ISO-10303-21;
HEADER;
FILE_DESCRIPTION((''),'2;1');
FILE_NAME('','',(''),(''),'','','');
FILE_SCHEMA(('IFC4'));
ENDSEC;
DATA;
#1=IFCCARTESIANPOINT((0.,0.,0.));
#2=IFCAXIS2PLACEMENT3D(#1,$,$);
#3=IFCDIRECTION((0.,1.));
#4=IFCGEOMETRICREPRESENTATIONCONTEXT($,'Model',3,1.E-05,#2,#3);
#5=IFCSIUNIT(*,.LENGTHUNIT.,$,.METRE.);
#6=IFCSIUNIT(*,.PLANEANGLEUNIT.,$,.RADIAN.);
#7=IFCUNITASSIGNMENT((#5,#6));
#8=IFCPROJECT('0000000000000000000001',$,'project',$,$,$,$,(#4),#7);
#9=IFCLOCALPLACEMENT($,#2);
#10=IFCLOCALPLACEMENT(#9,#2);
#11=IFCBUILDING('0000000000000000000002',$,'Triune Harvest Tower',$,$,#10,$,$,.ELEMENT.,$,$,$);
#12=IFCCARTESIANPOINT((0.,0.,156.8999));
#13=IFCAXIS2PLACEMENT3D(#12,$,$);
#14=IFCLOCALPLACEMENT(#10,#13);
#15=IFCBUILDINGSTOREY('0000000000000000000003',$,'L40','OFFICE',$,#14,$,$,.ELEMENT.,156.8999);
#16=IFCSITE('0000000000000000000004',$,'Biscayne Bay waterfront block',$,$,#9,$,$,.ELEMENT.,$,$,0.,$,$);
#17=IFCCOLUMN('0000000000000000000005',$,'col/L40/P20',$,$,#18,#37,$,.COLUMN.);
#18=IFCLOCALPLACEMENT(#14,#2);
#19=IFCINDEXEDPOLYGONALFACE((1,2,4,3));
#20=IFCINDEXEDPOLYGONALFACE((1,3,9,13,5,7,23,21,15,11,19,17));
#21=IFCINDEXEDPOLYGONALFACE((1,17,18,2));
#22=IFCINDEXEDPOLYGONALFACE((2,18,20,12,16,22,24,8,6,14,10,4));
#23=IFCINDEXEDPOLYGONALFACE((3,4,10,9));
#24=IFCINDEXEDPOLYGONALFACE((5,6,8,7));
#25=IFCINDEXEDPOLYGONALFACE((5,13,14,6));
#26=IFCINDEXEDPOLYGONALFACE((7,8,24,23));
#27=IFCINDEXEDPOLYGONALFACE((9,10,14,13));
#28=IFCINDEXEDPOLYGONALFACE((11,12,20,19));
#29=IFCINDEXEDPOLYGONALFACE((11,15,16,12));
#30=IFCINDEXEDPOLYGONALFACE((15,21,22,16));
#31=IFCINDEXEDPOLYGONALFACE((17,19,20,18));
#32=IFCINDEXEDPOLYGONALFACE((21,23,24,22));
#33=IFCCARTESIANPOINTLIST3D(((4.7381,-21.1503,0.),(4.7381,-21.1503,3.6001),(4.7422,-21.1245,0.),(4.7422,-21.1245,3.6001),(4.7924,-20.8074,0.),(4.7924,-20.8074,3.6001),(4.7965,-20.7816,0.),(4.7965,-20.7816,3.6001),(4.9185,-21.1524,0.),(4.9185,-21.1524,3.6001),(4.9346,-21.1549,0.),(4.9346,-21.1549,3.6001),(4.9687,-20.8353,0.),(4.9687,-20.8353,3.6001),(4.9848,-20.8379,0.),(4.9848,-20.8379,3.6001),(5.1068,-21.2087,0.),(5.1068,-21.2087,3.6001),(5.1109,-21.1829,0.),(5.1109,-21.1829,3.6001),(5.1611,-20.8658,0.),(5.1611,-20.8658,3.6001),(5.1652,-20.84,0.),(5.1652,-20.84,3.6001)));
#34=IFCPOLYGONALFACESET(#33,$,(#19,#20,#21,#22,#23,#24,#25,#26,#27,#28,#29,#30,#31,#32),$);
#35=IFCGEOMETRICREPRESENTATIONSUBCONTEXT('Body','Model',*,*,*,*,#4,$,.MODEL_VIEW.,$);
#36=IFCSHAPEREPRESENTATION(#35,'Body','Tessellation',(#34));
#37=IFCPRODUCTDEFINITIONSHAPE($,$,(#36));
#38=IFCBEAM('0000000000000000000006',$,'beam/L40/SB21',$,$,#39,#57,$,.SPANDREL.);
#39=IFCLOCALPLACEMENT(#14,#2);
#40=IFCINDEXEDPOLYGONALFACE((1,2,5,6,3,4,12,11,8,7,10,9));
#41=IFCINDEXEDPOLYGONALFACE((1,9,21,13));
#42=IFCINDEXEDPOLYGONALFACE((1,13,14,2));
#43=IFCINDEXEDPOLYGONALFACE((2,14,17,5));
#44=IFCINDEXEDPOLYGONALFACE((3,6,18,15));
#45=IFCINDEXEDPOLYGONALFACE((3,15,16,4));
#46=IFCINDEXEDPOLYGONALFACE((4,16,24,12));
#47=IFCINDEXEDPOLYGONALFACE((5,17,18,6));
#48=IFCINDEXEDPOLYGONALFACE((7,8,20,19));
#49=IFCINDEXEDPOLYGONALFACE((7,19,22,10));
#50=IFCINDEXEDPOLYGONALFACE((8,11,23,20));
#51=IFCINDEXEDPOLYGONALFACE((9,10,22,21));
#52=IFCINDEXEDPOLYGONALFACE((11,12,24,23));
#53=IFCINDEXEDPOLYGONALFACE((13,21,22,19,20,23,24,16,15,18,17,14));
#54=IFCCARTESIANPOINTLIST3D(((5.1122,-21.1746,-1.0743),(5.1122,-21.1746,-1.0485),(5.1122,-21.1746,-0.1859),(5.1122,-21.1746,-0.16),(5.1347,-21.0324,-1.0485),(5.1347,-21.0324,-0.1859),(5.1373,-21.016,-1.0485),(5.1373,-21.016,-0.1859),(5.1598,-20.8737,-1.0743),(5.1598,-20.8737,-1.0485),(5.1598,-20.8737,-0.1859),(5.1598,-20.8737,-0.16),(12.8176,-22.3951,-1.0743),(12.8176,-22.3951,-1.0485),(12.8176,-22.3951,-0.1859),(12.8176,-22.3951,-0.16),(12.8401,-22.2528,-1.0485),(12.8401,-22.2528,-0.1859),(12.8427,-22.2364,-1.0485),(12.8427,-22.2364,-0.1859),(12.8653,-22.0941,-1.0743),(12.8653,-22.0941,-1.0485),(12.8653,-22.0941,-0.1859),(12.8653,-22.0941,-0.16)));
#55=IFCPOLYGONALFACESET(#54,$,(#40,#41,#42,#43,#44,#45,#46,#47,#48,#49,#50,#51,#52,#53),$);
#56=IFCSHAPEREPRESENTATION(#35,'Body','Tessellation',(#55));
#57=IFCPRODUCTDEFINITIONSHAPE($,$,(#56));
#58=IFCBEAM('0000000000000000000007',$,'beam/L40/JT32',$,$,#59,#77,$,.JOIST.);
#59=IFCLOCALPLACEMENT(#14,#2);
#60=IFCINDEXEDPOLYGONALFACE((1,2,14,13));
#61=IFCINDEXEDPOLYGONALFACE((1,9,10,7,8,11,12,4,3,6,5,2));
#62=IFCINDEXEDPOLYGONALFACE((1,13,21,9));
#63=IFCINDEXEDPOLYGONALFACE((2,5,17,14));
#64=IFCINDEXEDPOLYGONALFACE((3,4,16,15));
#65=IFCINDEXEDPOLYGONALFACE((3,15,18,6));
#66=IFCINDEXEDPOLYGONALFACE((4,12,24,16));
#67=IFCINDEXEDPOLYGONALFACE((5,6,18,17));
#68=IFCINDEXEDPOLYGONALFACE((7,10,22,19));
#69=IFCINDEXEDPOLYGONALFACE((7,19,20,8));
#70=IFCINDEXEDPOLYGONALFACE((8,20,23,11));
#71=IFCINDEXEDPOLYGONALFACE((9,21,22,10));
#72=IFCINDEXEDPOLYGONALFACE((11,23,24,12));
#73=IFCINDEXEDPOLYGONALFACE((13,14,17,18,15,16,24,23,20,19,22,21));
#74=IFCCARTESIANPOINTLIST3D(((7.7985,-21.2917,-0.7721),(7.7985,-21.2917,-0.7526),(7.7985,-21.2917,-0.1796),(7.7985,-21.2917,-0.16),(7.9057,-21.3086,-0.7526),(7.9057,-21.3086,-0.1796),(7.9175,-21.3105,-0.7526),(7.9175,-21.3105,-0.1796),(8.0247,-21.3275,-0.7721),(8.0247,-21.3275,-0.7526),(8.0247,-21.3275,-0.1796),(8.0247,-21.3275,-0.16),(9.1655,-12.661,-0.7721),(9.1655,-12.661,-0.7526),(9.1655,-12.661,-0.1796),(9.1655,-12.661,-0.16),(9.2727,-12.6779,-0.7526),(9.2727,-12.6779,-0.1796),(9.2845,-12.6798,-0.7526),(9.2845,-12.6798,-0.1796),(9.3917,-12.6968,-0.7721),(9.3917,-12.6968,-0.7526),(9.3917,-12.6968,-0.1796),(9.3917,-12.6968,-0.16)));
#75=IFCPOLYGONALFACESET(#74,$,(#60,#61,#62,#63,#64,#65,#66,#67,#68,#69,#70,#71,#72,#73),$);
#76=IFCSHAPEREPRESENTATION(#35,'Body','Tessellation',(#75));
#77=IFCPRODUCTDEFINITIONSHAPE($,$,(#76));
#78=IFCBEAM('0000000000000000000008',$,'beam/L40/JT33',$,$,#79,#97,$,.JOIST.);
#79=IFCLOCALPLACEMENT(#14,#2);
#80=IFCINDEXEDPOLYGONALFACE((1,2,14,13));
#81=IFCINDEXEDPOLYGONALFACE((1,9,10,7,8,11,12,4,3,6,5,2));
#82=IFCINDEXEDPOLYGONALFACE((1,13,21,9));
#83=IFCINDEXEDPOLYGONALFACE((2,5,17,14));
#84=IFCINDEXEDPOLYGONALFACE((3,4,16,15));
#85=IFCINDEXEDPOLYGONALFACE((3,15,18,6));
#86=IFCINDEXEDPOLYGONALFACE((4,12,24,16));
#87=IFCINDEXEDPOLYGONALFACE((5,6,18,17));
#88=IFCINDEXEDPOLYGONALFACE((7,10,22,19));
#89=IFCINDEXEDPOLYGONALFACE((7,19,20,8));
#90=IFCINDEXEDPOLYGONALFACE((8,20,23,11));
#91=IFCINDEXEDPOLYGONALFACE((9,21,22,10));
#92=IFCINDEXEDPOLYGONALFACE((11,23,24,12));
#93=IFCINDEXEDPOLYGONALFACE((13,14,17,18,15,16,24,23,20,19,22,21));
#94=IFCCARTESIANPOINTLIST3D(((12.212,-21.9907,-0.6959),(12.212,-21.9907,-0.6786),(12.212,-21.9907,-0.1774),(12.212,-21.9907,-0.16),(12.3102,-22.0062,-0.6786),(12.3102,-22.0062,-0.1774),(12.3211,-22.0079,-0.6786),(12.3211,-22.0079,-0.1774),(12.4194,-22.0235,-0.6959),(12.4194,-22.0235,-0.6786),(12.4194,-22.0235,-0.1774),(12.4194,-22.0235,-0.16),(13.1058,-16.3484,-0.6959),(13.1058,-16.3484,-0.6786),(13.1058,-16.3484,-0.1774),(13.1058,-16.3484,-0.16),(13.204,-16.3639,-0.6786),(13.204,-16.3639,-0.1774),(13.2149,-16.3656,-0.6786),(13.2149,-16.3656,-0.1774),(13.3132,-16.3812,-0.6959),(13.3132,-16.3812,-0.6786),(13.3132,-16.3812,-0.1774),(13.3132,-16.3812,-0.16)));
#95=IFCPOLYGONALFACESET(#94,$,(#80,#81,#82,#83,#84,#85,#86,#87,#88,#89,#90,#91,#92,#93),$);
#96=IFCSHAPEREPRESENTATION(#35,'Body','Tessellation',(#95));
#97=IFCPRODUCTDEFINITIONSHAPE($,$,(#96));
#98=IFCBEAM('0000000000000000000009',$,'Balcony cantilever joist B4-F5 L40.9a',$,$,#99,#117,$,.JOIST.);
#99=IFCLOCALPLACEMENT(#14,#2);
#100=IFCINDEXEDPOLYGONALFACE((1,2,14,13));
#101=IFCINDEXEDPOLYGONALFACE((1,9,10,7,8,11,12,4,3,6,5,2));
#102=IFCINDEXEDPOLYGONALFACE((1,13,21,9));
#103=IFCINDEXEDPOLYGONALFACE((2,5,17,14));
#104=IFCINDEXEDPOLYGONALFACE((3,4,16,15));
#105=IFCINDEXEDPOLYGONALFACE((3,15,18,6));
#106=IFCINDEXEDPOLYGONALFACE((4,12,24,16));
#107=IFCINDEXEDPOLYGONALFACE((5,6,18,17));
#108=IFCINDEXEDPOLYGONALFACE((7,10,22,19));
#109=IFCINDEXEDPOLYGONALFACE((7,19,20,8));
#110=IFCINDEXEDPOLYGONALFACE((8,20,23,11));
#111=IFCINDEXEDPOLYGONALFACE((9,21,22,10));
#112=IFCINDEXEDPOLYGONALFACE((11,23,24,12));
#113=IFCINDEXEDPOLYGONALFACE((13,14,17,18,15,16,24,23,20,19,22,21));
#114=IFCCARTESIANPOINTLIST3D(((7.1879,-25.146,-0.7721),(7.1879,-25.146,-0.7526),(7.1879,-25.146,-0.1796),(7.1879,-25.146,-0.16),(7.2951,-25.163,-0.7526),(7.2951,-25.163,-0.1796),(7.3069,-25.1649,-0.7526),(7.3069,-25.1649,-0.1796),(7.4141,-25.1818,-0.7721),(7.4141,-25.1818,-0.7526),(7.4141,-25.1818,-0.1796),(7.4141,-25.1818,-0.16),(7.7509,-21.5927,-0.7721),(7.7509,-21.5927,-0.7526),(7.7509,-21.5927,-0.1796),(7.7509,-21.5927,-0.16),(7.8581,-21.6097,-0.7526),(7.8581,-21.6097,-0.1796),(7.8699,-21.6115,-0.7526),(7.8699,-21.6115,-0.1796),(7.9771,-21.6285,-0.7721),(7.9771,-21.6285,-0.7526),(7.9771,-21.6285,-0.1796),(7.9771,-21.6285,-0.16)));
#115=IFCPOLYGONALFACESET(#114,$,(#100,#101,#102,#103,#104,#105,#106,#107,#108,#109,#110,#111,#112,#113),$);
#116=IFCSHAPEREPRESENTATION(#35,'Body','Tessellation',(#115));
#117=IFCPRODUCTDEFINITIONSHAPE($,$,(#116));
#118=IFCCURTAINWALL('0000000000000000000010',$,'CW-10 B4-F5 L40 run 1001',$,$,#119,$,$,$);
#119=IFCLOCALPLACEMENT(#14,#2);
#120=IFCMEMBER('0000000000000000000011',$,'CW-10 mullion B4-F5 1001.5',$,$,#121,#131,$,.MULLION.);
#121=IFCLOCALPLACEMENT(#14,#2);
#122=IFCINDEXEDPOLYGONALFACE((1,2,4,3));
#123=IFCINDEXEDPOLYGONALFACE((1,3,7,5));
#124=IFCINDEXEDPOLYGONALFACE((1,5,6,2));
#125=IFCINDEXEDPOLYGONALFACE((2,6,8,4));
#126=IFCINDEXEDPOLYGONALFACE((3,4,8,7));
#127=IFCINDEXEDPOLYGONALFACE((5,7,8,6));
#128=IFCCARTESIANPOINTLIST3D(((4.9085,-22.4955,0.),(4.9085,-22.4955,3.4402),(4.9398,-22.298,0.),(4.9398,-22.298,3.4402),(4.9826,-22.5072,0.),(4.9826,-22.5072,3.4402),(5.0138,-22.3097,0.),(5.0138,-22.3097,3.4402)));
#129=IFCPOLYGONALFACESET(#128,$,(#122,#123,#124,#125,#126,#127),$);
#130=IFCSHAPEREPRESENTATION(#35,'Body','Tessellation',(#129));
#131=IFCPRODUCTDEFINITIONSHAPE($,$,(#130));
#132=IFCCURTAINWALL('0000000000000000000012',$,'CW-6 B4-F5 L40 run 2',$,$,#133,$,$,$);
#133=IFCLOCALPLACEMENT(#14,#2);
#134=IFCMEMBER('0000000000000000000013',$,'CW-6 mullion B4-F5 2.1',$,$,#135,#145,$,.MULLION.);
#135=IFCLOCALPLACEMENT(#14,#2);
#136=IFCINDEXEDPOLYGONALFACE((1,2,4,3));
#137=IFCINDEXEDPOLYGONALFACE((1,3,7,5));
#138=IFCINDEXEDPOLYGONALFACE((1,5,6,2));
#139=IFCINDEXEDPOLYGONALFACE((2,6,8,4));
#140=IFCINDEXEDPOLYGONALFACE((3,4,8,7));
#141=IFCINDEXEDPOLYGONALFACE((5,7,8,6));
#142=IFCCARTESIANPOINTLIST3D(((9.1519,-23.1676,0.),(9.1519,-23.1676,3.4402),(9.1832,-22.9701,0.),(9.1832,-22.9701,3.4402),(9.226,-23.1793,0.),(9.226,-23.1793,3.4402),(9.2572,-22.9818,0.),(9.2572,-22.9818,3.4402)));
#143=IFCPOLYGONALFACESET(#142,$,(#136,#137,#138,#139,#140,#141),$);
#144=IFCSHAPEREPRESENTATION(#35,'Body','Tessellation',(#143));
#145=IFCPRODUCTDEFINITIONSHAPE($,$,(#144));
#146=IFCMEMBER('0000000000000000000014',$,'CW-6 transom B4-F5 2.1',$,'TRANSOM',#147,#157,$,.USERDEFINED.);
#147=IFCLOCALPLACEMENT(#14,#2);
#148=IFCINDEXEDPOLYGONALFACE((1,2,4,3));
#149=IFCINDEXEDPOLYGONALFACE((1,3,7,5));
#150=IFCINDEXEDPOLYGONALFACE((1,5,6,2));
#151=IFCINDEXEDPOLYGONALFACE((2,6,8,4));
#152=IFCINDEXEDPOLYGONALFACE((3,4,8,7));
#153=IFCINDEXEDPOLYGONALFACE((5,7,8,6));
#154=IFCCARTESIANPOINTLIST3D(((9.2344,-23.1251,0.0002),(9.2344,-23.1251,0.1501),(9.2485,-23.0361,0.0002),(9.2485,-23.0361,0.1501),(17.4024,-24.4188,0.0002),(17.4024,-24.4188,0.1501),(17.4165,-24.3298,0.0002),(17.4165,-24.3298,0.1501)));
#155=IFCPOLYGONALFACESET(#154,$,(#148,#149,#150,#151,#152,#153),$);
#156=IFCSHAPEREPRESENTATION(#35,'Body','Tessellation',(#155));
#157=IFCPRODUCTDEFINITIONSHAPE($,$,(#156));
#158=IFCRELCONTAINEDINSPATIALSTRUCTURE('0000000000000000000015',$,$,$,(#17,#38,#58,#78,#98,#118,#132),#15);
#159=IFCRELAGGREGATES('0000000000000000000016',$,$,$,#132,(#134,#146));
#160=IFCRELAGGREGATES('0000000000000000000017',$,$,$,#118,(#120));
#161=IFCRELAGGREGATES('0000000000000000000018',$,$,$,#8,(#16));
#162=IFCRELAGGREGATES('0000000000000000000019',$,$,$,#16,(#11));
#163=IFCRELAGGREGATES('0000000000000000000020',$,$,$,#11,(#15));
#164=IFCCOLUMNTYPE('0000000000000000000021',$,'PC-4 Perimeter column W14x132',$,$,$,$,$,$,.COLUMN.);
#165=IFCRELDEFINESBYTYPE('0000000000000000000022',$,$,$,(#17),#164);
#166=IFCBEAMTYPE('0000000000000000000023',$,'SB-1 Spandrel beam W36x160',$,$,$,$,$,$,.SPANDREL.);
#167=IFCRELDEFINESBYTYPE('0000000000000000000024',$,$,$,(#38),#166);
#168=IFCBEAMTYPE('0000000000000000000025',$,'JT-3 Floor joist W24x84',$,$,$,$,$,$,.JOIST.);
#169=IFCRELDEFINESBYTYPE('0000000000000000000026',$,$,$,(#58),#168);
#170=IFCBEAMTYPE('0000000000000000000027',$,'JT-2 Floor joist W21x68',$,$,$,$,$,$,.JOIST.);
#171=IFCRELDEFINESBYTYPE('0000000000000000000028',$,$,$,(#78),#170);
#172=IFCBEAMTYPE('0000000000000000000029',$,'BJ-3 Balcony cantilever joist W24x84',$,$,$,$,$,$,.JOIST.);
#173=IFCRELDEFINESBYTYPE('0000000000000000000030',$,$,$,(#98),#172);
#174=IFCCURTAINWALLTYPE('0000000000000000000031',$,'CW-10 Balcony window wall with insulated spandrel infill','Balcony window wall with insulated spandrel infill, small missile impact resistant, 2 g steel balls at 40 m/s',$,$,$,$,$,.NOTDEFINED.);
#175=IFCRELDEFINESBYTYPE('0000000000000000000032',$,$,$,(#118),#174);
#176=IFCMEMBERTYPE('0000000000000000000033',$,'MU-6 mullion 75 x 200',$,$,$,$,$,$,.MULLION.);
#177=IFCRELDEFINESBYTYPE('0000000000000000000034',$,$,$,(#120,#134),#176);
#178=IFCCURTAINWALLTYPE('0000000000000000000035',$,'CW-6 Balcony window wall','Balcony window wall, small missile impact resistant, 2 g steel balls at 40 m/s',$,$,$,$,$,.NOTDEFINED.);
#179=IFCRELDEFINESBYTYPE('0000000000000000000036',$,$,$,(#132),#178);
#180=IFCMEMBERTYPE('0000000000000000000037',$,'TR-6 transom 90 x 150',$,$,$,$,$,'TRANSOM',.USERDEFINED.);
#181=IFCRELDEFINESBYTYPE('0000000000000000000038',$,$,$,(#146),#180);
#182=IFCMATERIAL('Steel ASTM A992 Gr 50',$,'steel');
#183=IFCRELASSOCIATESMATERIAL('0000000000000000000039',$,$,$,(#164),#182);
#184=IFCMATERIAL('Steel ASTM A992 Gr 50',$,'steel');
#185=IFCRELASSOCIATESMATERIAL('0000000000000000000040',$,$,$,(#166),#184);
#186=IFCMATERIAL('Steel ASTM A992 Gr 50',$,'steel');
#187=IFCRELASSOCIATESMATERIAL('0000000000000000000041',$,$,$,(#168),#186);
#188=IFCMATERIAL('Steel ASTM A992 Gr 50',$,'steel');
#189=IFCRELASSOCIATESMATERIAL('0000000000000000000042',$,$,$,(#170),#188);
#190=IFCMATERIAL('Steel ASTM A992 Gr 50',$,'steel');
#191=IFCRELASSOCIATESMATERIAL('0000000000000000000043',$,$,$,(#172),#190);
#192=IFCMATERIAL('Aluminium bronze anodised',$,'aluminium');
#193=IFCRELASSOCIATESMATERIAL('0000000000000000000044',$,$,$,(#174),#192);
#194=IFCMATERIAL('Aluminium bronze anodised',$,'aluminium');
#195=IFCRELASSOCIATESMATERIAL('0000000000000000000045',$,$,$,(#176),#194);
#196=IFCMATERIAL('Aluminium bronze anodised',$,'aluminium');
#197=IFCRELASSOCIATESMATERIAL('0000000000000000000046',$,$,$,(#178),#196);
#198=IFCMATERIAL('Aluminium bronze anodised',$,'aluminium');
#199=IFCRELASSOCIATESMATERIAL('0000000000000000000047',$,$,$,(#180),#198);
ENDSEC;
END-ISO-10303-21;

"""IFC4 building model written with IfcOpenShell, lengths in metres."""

from ifc_helpers import new_model, si_unit, direction, frame, origin, origin_2d, place, context, subcontext, project, spatial, rectangle, i_section, extrude, source, transform, mapped, material, material_profile, profile_set, type_object, element, aggregate, save


model = new_model("IFC4")

# Units and contexts
model_context = context("Model", 3, precision=1e-05, world=origin(), true_north=direction((0.0, 1.0)))
body_context = subcontext(model_context, "Body", "Model", "MODEL_VIEW")
ifc_project = project(units=[si_unit("LENGTHUNIT", "METRE"), si_unit("PLANEANGLEUNIT", "RADIAN")], contexts=[model_context])

# Site, building, storey
site_placement = place(None, origin())
site = spatial("IfcSite", under=ifc_project, at=site_placement, Name="Biscayne Bay waterfront block", CompositionType="ELEMENT", RefElevation=0.0)
building_placement = place(site_placement, origin())
building = spatial("IfcBuilding", under=site, at=building_placement, Name="Triune Harvest Tower", CompositionType="ELEMENT")
storey_placement = place(building_placement, frame((0.0, 0.0, 156.8999)))
storey = spatial("IfcBuildingStorey", under=building, at=storey_placement, Name="L40", Description="OFFICE", CompositionType="ELEMENT", Elevation=156.8999)

# Column
ifc_material_1 = material(Name="Steel ASTM A992 Gr 50", Category="steel")
ifc_material_profile_1 = material_profile(ifc_material_1, i_section(OverallWidth=0.3733, OverallDepth=0.3733, WebThickness=0.0164, FlangeThickness=0.0261, at=origin_2d()), Name="W14x132")
ifc_profile_set_1 = profile_set([ifc_material_profile_1], Name="Steel ASTM A992 Gr 50")
column_type = type_object("IfcColumnType", Name="PC-4 Perimeter column W14x132", PredefinedType="COLUMN", material=ifc_profile_set_1)
shared_shape_1 = source(origin(), body_context, "Body", "SweptSolid", [
    extrude(i_section(OverallWidth=0.3733, OverallDepth=0.3733, WebThickness=0.0164, FlangeThickness=0.0261, at=origin_2d()), origin(), (0.0, 0.0, 1.0), 3.6001),
])
column_placement = place(storey_placement, frame((4.9517, -20.9951, 0.0), z_axis=(0.0, 0.0, 1.0), x_axis=(0.987688, -0.156434, 0.0)))
element("IfcColumn", 1, at=column_placement, inside=storey, type_object=column_type, Name="col/L40/P20", PredefinedType="COLUMN", context=body_context, shape_type="MappedRepresentation", body=[
    mapped(shared_shape_1, transform((0.0, 0.0, 0.0), scale=1.0)),
])

# Beams
ifc_material_2 = material(Name="Steel ASTM A992 Gr 50", Category="steel")
ifc_material_profile_2 = material_profile(ifc_material_2, i_section(OverallWidth=0.3047, OverallDepth=0.9143, WebThickness=0.0166, FlangeThickness=0.0259, at=origin_2d()), Name="W36x160")
ifc_profile_set_2 = profile_set([ifc_material_profile_2], Name="Steel ASTM A992 Gr 50")
beam_type_1 = type_object("IfcBeamType", Name="SB-1 Spandrel beam W36x160", PredefinedType="SPANDREL", material=ifc_profile_set_2)
shared_shape_2 = source(origin(), body_context, "Body", "SweptSolid", [
    extrude(i_section(OverallWidth=0.3047, OverallDepth=0.9143, WebThickness=0.0166, FlangeThickness=0.0259, at=origin_2d()), origin(), (0.0, 0.0, 1.0), 7.8015),
])
beam_1_placement = place(storey_placement, frame((5.136, -21.0242, -0.6172), z_axis=(0.987688, -0.156437, 0.0), x_axis=(0.156437, 0.987688, 0.0)))
element("IfcBeam", 2, at=beam_1_placement, inside=storey, type_object=beam_type_1, Name="beam/L40/SB21", PredefinedType="SPANDREL", context=body_context, shape_type="MappedRepresentation", body=[
    mapped(shared_shape_2, transform((0.0, 0.0, 0.0), scale=1.0)),
])
ifc_material_3 = material(Name="Steel ASTM A992 Gr 50", Category="steel")
ifc_material_profile_3 = material_profile(ifc_material_3, i_section(OverallWidth=0.229, OverallDepth=0.6121, WebThickness=0.012, FlangeThickness=0.0195, at=origin_2d()), Name="W24x84")
ifc_profile_set_3 = profile_set([ifc_material_profile_3], Name="Steel ASTM A992 Gr 50")
beam_type_2 = type_object("IfcBeamType", Name="JT-3 Floor joist W24x84", PredefinedType="JOIST", material=ifc_profile_set_3)
shared_shape_3 = source(origin(), body_context, "Body", "SweptSolid", [
    extrude(i_section(OverallWidth=0.229, OverallDepth=0.6121, WebThickness=0.012, FlangeThickness=0.0195, at=origin_2d()), origin(), (0.0, 0.0, 1.0), 8.7383),
])
beam_2_placement = place(storey_placement, frame((7.9116, -21.3096, -0.4661), z_axis=(0.156433, 0.987689, 0.0), x_axis=(-0.987689, 0.156433, 0.0)))
element("IfcBeam", 3, at=beam_2_placement, inside=storey, type_object=beam_type_2, Name="beam/L40/JT32", PredefinedType="JOIST", context=body_context, shape_type="MappedRepresentation", body=[
    mapped(shared_shape_3, transform((0.0, 0.0, 0.0), scale=1.0)),
])
ifc_material_4 = material(Name="Steel ASTM A992 Gr 50", Category="steel")
ifc_material_profile_4 = material_profile(ifc_material_4, i_section(OverallWidth=0.21, OverallDepth=0.5359, WebThickness=0.011, FlangeThickness=0.0173, at=origin_2d()), Name="W21x68")
ifc_profile_set_4 = profile_set([ifc_material_profile_4], Name="Steel ASTM A992 Gr 50")
beam_type_3 = type_object("IfcBeamType", Name="JT-2 Floor joist W21x68", PredefinedType="JOIST", material=ifc_profile_set_4)
shared_shape_4 = source(origin(), body_context, "Body", "SweptSolid", [
    extrude(i_section(OverallWidth=0.21, OverallDepth=0.5359, WebThickness=0.011, FlangeThickness=0.0173, at=origin_2d()), origin(), (0.0, 0.0, 1.0), 5.7126),
])
beam_3_placement = place(storey_placement, frame((12.3157, -22.0071, -0.428), z_axis=(0.156459, 0.987685, 0.0), x_axis=(-0.987685, 0.156459, 0.0)))
element("IfcBeam", 4, at=beam_3_placement, inside=storey, type_object=beam_type_3, Name="beam/L40/JT33", PredefinedType="JOIST", context=body_context, shape_type="MappedRepresentation", body=[
    mapped(shared_shape_4, transform((0.0, 0.0, 0.0), scale=1.0)),
])
ifc_material_5 = material(Name="Steel ASTM A992 Gr 50", Category="steel")
ifc_material_profile_5 = material_profile(ifc_material_5, i_section(OverallWidth=0.229, OverallDepth=0.6121, WebThickness=0.012, FlangeThickness=0.0195, at=origin_2d()), Name="W24x84")
ifc_profile_set_5 = profile_set([ifc_material_profile_5], Name="Steel ASTM A992 Gr 50")
beam_type_4 = type_object("IfcBeamType", Name="BJ-3 Balcony cantilever joist W24x84", PredefinedType="JOIST", material=ifc_profile_set_5)
shared_shape_5 = source(origin(), body_context, "Body", "SweptSolid", [
    extrude(i_section(OverallWidth=0.229, OverallDepth=0.6121, WebThickness=0.012, FlangeThickness=0.0195, at=origin_2d()), origin(), (0.0, 0.0, 1.0), 3.5977),
])
beam_4_placement = place(storey_placement, frame((7.864, -21.6106, -0.4661), z_axis=(-0.156492, -0.987679, 0.0), x_axis=(0.987679, -0.156492, 0.0)))
element("IfcBeam", 5, at=beam_4_placement, inside=storey, type_object=beam_type_4, Name="Balcony cantilever joist B4-F5 L40.9a", PredefinedType="JOIST", context=body_context, shape_type="MappedRepresentation", body=[
    mapped(shared_shape_5, transform((0.0, 0.0, 0.0), scale=1.0)),
])

# Curtain wall, member
ifc_material_6 = material(Name="Aluminium bronze anodised", Category="aluminium")
curtain_wall_type_1 = type_object("IfcCurtainWallType", Name="CW-10 Balcony window wall with insulated spandrel infill", Description="Balcony window wall with insulated spandrel infill, small missile impact resistant, 2 g steel balls at 40 m/s", PredefinedType="NOTDEFINED", material=ifc_material_6)
curtain_wall_1_placement = place(storey_placement, origin())
curtain_wall_1 = element("IfcCurtainWall", 6, at=curtain_wall_1_placement, inside=storey, type_object=curtain_wall_type_1, Name="CW-10 B4-F5 L40 run 1001")
ifc_material_7 = material(Name="Aluminium bronze anodised", Category="aluminium")
ifc_material_profile_6 = material_profile(ifc_material_7, rectangle(XDim=0.2, YDim=0.075, at=origin_2d()), Name="MU-6 mullion 75 x 200")
ifc_profile_set_6 = profile_set([ifc_material_profile_6], Name="Aluminium bronze anodised")
member_type_1 = type_object("IfcMemberType", Name="MU-6 mullion 75 x 200", PredefinedType="MULLION", material=ifc_profile_set_6)
shared_shape_6 = source(origin(), body_context, "Body", "SweptSolid", [
    extrude(rectangle(XDim=0.2, YDim=0.075, at=origin_2d()), origin(), (0.0, 0.0, 1.0), 3.4402),
])
member_1_placement = place(storey_placement, frame((4.9612, -22.4026, 0.0), z_axis=(0.0, 0.0, 1.0), x_axis=(0.156433, 0.987689, 0.0)))
member_1 = element("IfcMember", 7, at=member_1_placement, type_object=member_type_1, Name="CW-10 mullion B4-F5 1001.5", PredefinedType="MULLION", context=body_context, shape_type="MappedRepresentation", body=[
    mapped(shared_shape_6, transform((0.0, 0.0, 0.0), scale=1.0)),
])

# Curtain wall, members
ifc_material_8 = material(Name="Aluminium bronze anodised", Category="aluminium")
curtain_wall_type_2 = type_object("IfcCurtainWallType", Name="CW-6 Balcony window wall", Description="Balcony window wall, small missile impact resistant, 2 g steel balls at 40 m/s", PredefinedType="NOTDEFINED", material=ifc_material_8)
curtain_wall_2_placement = place(storey_placement, origin())
curtain_wall_2 = element("IfcCurtainWall", 8, at=curtain_wall_2_placement, inside=storey, type_object=curtain_wall_type_2, Name="CW-6 B4-F5 L40 run 2")
member_2_placement = place(storey_placement, frame((9.2046, -23.0747, 0.0), z_axis=(0.0, 0.0, 1.0), x_axis=(0.156435, 0.987688, 0.0)))
member_2 = element("IfcMember", 9, at=member_2_placement, type_object=member_type_1, Name="CW-6 mullion B4-F5 2.1", PredefinedType="MULLION", context=body_context, shape_type="MappedRepresentation", body=[
    mapped(shared_shape_6, transform((0.0, 0.0, 0.0), scale=1.0)),
])
ifc_material_9 = material(Name="Aluminium bronze anodised", Category="aluminium")
ifc_material_profile_7 = material_profile(ifc_material_9, rectangle(XDim=0.0901, YDim=0.1499, at=origin_2d()), Name="TR-6 transom 90 x 150")
ifc_profile_set_7 = profile_set([ifc_material_profile_7], Name="Aluminium bronze anodised")
member_type_2 = type_object("IfcMemberType", Name="TR-6 transom 90 x 150", ElementType="TRANSOM", PredefinedType="USERDEFINED", material=ifc_profile_set_7)
shared_shape_7 = source(origin(), body_context, "Body", "SweptSolid", [
    extrude(rectangle(XDim=0.0901, YDim=0.1499, at=origin_2d()), origin(), (0.0, 0.0, 1.0), 8.2698),
])
member_3_placement = place(storey_placement, frame((9.2415, -23.0806, 0.0752), z_axis=(0.987688, -0.156437, 0.0), x_axis=(0.156437, 0.987688, 0.0)))
member_3 = element("IfcMember", 10, at=member_3_placement, type_object=member_type_2, Name="CW-6 transom B4-F5 2.1", ObjectType="TRANSOM", PredefinedType="USERDEFINED", context=body_context, shape_type="MappedRepresentation", body=[
    mapped(shared_shape_7, transform((0.0, 0.0, 0.0), scale=1.0)),
])

aggregate(curtain_wall_2, [member_2, member_3])
aggregate(curtain_wall_1, [member_1])

save(model, "model.ifc")
